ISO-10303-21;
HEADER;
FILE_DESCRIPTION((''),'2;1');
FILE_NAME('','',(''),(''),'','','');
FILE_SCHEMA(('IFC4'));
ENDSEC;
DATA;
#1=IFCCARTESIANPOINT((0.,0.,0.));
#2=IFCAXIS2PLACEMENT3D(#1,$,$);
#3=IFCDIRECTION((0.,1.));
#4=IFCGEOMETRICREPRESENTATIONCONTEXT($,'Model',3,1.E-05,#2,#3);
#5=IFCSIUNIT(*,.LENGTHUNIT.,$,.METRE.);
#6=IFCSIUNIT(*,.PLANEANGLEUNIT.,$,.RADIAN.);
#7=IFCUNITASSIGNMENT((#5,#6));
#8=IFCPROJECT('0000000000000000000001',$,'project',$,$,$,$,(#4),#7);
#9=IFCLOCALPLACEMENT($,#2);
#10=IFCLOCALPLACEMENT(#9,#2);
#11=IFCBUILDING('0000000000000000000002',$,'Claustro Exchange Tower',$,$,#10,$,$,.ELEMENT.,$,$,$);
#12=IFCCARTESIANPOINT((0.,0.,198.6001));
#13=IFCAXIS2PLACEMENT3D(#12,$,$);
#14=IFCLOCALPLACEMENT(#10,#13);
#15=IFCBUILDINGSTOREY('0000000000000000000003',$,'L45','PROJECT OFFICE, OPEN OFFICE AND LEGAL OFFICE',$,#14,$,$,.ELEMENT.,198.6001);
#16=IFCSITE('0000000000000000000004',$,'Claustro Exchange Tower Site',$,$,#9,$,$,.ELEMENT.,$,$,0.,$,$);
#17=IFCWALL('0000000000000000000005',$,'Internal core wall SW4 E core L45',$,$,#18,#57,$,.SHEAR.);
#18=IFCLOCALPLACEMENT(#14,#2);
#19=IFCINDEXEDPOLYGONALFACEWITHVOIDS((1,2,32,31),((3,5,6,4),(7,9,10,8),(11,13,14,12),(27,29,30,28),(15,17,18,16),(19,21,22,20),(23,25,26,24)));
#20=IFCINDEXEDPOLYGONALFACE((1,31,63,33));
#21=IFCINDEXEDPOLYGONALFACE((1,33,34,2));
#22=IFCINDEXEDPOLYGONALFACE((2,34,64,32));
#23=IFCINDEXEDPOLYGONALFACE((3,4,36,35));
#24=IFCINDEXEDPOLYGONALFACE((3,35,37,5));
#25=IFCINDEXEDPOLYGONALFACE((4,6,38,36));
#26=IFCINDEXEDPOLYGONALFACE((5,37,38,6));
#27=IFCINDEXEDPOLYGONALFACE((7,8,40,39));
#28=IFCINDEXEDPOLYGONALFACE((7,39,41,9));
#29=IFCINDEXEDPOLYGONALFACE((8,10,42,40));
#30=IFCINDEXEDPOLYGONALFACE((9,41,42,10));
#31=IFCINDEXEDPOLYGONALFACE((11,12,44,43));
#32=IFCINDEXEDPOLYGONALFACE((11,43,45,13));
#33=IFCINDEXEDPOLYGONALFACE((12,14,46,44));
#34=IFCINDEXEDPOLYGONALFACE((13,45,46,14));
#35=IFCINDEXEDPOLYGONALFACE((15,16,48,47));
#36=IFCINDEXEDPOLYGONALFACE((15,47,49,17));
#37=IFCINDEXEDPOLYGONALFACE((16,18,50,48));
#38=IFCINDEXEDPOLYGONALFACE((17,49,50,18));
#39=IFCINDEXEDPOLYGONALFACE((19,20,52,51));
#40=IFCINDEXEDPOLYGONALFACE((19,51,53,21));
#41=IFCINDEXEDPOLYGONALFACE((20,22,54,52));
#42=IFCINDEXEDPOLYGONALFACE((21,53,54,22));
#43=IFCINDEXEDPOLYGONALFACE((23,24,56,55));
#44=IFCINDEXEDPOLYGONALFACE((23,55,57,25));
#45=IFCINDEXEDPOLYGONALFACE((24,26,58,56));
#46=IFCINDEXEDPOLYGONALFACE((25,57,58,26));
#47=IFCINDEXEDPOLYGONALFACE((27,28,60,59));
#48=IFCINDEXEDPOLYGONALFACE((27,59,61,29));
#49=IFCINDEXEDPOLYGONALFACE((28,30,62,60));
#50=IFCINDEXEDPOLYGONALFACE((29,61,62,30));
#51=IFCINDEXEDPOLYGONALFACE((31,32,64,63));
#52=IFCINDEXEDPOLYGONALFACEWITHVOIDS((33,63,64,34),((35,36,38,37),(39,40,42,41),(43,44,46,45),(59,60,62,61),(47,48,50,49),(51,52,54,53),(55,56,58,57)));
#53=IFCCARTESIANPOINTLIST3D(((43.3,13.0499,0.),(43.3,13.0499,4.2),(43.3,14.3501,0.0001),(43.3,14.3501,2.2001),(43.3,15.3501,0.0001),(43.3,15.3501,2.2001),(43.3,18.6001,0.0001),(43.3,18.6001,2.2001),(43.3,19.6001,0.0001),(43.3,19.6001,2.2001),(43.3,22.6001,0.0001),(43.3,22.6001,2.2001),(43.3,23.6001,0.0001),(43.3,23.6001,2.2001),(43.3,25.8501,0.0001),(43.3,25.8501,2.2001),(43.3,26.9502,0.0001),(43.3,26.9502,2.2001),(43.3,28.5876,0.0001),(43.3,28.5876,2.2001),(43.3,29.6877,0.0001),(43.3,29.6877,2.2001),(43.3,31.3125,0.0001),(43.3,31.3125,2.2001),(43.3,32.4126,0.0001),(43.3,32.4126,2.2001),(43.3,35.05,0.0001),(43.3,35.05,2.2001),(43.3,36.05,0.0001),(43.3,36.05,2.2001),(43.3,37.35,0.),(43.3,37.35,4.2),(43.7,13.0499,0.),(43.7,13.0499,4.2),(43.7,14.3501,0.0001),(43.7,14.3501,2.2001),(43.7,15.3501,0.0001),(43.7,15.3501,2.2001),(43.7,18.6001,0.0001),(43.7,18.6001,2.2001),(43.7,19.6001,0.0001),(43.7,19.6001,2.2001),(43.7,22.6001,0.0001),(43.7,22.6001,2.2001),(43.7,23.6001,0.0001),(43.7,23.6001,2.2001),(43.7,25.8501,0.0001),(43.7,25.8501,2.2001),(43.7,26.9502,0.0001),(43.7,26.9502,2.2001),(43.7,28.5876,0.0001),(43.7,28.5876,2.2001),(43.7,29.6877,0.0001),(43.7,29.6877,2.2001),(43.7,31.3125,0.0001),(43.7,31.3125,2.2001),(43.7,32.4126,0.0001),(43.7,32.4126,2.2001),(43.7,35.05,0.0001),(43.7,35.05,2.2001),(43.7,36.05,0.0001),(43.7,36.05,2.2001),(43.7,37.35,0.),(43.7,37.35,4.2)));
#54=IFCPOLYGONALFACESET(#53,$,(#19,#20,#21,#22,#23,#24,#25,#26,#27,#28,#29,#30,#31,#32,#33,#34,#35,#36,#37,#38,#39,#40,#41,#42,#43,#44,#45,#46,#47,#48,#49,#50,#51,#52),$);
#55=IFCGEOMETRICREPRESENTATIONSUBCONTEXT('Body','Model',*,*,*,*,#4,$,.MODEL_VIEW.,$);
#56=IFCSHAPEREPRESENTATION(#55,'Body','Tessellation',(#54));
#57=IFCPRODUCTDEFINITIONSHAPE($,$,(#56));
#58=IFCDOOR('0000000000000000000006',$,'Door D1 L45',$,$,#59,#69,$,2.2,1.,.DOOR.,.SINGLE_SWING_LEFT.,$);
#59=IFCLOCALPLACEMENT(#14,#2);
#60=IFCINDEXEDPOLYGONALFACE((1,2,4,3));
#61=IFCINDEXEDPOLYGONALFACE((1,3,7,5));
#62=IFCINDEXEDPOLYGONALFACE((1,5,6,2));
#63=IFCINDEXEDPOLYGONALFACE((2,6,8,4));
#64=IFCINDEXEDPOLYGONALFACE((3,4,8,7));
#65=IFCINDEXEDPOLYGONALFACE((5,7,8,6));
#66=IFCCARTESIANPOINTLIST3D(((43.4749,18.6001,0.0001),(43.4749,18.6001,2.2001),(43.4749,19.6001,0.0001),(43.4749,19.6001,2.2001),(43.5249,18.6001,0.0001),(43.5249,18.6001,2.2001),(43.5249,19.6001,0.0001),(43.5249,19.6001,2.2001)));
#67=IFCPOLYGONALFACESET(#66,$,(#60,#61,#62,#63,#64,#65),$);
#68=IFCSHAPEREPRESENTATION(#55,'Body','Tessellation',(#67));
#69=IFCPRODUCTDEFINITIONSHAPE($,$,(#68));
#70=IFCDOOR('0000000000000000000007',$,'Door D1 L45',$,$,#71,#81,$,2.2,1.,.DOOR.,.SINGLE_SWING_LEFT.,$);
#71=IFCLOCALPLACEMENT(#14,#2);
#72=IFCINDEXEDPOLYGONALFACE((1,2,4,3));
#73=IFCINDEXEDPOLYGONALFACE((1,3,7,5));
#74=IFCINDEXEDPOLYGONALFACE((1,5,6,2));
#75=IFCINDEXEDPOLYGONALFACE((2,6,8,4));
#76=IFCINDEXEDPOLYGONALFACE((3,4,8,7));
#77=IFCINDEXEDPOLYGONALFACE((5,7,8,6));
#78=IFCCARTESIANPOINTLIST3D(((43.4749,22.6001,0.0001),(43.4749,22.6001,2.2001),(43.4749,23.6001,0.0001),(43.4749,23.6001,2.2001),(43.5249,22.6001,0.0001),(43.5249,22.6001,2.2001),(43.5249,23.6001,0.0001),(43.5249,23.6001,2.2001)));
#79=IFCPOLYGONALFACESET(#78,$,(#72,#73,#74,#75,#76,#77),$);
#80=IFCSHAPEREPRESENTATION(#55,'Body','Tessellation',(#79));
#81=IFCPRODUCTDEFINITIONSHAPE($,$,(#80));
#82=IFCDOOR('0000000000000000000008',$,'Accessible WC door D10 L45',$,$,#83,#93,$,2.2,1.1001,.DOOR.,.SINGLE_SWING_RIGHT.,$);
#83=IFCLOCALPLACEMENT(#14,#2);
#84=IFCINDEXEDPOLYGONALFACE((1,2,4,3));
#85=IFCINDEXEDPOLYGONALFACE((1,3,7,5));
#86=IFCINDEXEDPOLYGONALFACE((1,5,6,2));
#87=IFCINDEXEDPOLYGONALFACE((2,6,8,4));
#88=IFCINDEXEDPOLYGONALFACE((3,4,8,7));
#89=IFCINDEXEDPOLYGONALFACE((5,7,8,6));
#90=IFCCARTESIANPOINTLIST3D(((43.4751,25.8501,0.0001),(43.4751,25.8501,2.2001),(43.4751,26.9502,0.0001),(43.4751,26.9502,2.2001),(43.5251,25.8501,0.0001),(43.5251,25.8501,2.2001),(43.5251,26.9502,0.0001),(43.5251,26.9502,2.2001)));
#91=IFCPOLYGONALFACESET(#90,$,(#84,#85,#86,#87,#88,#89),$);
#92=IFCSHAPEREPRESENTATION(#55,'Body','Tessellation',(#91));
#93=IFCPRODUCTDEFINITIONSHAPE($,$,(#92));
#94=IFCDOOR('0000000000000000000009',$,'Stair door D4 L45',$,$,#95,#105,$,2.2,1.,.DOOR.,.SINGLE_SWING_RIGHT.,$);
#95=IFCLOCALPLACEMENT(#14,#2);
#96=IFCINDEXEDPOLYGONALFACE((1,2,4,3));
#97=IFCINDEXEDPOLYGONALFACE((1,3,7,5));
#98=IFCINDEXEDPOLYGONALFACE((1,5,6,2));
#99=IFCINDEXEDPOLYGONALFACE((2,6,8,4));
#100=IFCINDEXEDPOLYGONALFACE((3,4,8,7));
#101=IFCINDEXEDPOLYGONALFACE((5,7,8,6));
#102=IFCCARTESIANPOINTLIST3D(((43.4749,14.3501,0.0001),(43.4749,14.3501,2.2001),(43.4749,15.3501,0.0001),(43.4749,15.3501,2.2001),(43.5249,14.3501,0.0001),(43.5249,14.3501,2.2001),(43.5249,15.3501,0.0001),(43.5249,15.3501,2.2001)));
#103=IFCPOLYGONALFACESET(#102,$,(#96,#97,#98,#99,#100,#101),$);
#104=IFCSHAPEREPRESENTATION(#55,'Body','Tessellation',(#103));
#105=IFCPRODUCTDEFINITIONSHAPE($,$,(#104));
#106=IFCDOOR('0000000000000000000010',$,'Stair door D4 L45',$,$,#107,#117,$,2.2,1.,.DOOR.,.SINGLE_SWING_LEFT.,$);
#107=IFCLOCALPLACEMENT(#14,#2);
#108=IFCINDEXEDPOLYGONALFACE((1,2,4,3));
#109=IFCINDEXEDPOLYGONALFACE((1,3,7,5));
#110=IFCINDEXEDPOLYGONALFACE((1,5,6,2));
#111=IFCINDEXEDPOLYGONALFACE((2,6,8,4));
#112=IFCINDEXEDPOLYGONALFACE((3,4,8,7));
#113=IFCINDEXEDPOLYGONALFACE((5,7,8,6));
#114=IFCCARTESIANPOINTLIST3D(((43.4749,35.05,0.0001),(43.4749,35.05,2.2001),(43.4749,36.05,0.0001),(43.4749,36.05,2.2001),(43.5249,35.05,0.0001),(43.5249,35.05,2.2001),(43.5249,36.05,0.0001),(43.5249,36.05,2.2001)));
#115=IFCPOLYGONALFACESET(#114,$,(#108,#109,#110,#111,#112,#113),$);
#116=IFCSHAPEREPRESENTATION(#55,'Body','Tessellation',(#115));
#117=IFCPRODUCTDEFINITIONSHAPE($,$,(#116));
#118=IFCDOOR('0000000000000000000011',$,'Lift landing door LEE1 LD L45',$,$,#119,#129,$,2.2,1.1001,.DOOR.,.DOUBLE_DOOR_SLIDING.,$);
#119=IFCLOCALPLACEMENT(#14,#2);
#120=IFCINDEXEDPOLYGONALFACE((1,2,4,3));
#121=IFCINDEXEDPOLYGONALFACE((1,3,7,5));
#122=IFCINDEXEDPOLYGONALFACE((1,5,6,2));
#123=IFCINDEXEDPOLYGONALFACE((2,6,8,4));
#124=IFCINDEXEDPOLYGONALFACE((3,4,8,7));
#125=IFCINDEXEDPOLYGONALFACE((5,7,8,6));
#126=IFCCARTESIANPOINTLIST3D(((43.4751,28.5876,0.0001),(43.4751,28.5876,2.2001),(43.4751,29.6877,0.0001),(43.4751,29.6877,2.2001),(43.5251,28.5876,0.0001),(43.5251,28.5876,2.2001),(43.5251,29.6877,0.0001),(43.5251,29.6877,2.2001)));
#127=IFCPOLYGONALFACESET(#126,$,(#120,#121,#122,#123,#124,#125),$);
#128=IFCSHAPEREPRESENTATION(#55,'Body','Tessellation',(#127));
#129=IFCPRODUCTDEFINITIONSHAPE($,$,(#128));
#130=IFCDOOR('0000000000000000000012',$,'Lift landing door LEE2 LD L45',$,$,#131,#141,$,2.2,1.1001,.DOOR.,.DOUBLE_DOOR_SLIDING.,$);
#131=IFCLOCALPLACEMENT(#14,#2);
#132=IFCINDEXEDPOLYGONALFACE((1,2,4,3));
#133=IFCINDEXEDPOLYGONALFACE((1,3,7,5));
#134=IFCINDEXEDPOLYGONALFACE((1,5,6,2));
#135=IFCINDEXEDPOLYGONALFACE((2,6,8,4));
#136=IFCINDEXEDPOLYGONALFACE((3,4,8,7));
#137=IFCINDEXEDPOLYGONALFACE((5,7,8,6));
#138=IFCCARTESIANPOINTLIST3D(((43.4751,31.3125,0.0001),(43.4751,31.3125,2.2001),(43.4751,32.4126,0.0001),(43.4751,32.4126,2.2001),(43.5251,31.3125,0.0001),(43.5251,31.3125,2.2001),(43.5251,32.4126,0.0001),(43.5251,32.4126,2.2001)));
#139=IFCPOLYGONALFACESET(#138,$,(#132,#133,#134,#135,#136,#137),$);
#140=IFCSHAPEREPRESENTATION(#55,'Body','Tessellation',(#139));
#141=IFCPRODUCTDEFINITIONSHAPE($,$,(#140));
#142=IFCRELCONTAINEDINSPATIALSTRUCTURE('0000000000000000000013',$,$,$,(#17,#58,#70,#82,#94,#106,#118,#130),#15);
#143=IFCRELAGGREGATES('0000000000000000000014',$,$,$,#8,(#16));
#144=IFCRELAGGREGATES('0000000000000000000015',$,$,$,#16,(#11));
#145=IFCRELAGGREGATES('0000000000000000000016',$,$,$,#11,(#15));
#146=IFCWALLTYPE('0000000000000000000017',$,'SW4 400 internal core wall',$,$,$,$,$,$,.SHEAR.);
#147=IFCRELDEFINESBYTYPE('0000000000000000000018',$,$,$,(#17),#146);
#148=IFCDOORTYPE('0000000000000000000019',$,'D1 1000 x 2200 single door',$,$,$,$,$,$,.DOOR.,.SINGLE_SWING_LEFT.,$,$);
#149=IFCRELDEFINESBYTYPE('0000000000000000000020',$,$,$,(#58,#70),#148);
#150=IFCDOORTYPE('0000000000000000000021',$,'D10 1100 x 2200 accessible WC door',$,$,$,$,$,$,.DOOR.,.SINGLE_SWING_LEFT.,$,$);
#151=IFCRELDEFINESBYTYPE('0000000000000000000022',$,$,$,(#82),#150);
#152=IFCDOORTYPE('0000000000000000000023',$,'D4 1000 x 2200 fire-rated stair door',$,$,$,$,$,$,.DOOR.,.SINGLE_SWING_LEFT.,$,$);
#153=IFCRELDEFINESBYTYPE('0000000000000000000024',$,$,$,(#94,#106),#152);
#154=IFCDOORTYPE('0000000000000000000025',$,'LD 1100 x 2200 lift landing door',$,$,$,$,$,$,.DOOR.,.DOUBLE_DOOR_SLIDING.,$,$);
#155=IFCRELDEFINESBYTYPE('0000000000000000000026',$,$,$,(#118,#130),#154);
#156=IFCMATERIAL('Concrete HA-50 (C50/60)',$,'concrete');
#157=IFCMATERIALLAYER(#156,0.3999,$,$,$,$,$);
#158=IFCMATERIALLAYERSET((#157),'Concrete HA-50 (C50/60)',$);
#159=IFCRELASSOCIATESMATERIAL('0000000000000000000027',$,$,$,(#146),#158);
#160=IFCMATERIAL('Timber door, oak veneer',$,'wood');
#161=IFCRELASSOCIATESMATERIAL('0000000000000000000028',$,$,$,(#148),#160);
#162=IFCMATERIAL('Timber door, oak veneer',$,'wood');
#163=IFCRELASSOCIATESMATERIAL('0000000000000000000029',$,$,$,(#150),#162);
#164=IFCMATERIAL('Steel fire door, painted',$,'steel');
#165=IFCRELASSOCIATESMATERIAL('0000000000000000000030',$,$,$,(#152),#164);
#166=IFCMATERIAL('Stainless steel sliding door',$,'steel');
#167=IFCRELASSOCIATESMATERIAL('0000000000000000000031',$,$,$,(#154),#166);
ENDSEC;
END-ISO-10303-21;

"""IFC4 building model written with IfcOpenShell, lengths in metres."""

from ifc_helpers import new_model, si_unit, direction, frame, frame_2d, origin, place, context, subcontext, project, spatial, rectangle, extrude, material, layer, layer_set, type_object, element, fill, save


model = new_model("IFC4")

# Units and contexts
model_context = context("Model", 3, precision=1e-05, world=origin(), true_north=direction((0.0, 1.0)))
body_context = subcontext(model_context, "Body", "Model", "MODEL_VIEW")
ifc_project = project(units=[si_unit("LENGTHUNIT", "METRE"), si_unit("PLANEANGLEUNIT", "RADIAN")], contexts=[model_context])

# Site, building, storey
site_placement = place(None, origin())
site = spatial("IfcSite", under=ifc_project, at=site_placement, Name="Claustro Exchange Tower Site", CompositionType="ELEMENT", RefElevation=0.0)
building_placement = place(site_placement, origin())
building = spatial("IfcBuilding", under=site, at=building_placement, Name="Claustro Exchange Tower", CompositionType="ELEMENT")
storey_placement = place(building_placement, frame((0.0, 0.0, 198.6001)))
storey = spatial("IfcBuildingStorey", under=building, at=storey_placement, Name="L45", Description="PROJECT OFFICE, OPEN OFFICE AND LEGAL OFFICE", CompositionType="ELEMENT", Elevation=198.6001)

# Wall, openings, doors
ifc_material_1 = material(Name="Concrete HA-50 (C50/60)", Category="concrete")
ifc_layer_1 = layer(ifc_material_1, 0.3999)
ifc_layer_set_1 = layer_set([ifc_layer_1], Name="Concrete HA-50 (C50/60)")
wall_type_1 = type_object("IfcWallType", Name="SW4 400 internal core wall", PredefinedType="SHEAR", material=ifc_layer_set_1)
wall_1_placement = place(storey_placement, frame((43.5, 13.05, 0.0), z_axis=(0.0, 0.0, 1.0), x_axis=(0.0, 1.0, 0.0)))
wall_1 = element("IfcWall", 1, at=wall_1_placement, inside=storey, type_object=wall_type_1, Name="Internal core wall SW4 E core L45", PredefinedType="SHEAR", context=body_context, shape_type="SweptSolid", body=[
    extrude(rectangle(XDim=24.3, YDim=0.3999, at=frame_2d((12.1499, 0.0))), origin(), (0.0, 0.0, 1.0), 4.2),
])
opening_1_placement = place(wall_1_placement, frame((1.3, 0.0, 0.0)))
opening_1 = element("IfcOpeningElement", 2, at=opening_1_placement, cuts=wall_1, PredefinedType="OPENING", context=body_context, shape_type="SweptSolid", body=[
    extrude(rectangle(XDim=1.0, YDim=2.2, at=frame_2d((0.5, 1.1001))), frame((0.0, 0.21, 0.0), z_axis=(0.0, -1.0, 0.0), x_axis=(1.0, 0.0, 0.0)), (0.0, 0.0, 1.0), 0.4199),
])
opening_2_placement = place(wall_1_placement, frame((22.0, 0.0, 0.0)))
opening_2 = element("IfcOpeningElement", 3, at=opening_2_placement, cuts=wall_1, PredefinedType="OPENING", context=body_context, shape_type="SweptSolid", body=[
    extrude(rectangle(XDim=1.0, YDim=2.2, at=frame_2d((0.5, 1.1001))), frame((0.0, 0.21, 0.0), z_axis=(0.0, -1.0, 0.0), x_axis=(1.0, 0.0, 0.0)), (0.0, 0.0, 1.0), 0.4199),
])
opening_3_placement = place(wall_1_placement, frame((5.55, 0.0, 0.0)))
opening_3 = element("IfcOpeningElement", 4, at=opening_3_placement, cuts=wall_1, PredefinedType="OPENING", context=body_context, shape_type="SweptSolid", body=[
    extrude(rectangle(XDim=1.0, YDim=2.2, at=frame_2d((0.5, 1.1001))), frame((0.0, 0.21, 0.0), z_axis=(0.0, -1.0, 0.0), x_axis=(1.0, 0.0, 0.0)), (0.0, 0.0, 1.0), 0.4199),
])
opening_4_placement = place(wall_1_placement, frame((9.55, 0.0, 0.0)))
opening_4 = element("IfcOpeningElement", 5, at=opening_4_placement, cuts=wall_1, PredefinedType="OPENING", context=body_context, shape_type="SweptSolid", body=[
    extrude(rectangle(XDim=1.0, YDim=2.2, at=frame_2d((0.5, 1.1001))), frame((0.0, 0.21, 0.0), z_axis=(0.0, -1.0, 0.0), x_axis=(1.0, 0.0, 0.0)), (0.0, 0.0, 1.0), 0.4199),
])
opening_5_placement = place(wall_1_placement, frame((12.8, 0.0, 0.0)))
opening_5 = element("IfcOpeningElement", 6, at=opening_5_placement, cuts=wall_1, PredefinedType="OPENING", context=body_context, shape_type="SweptSolid", body=[
    extrude(rectangle(XDim=1.1001, YDim=2.2, at=frame_2d((0.55, 1.1001))), frame((0.0, 0.21, 0.0), z_axis=(0.0, -1.0, 0.0), x_axis=(1.0, 0.0, 0.0)), (0.0, 0.0, 1.0), 0.4199),
])
opening_6_placement = place(wall_1_placement, frame((15.5376, 0.0, 0.0)))
opening_6 = element("IfcOpeningElement", 7, at=opening_6_placement, cuts=wall_1, PredefinedType="OPENING", context=body_context, shape_type="SweptSolid", body=[
    extrude(rectangle(XDim=1.1001, YDim=2.2, at=frame_2d((0.55, 1.1001))), frame((0.0, 0.21, 0.0), z_axis=(0.0, -1.0, 0.0), x_axis=(1.0, 0.0, 0.0)), (0.0, 0.0, 1.0), 0.4199),
])
opening_7_placement = place(wall_1_placement, frame((18.2625, 0.0, 0.0)))
opening_7 = element("IfcOpeningElement", 8, at=opening_7_placement, cuts=wall_1, PredefinedType="OPENING", context=body_context, shape_type="SweptSolid", body=[
    extrude(rectangle(XDim=1.1001, YDim=2.2, at=frame_2d((0.55, 1.1001))), frame((0.0, 0.21, 0.0), z_axis=(0.0, -1.0, 0.0), x_axis=(1.0, 0.0, 0.0)), (0.0, 0.0, 1.0), 0.4199),
])
ifc_material_2 = material(Name="Timber door, oak veneer", Category="wood")
door_type_1 = type_object("IfcDoorType", Name="D1 1000 x 2200 single door", OperationType="SINGLE_SWING_LEFT", PredefinedType="DOOR", material=ifc_material_2)
door_1_placement = place(opening_3_placement, frame((1.0, 0.0, 0.0), z_axis=(0.0, 0.0, 1.0), x_axis=(-1.0, 0.0, 0.0)))
door_1 = element("IfcDoor", 9, at=door_1_placement, inside=storey, type_object=door_type_1, Name="Door D1 L45", OperationType="SINGLE_SWING_LEFT", OverallHeight=2.2, OverallWidth=1.0, PredefinedType="DOOR", context=body_context, shape_type="SweptSolid", body=[
    extrude(rectangle(XDim=1.0, YDim=2.2, at=frame_2d((0.5, 1.1001))), frame((0.0, 0.0249, 0.0), z_axis=(0.0, -1.0, 0.0), x_axis=(1.0, 0.0, 0.0)), (0.0, 0.0, 1.0), 0.05),
])
fill(opening_3, door_1)
door_2_placement = place(opening_4_placement, frame((1.0, 0.0, 0.0), z_axis=(0.0, 0.0, 1.0), x_axis=(-1.0, 0.0, 0.0)))
door_2 = element("IfcDoor", 10, at=door_2_placement, inside=storey, type_object=door_type_1, Name="Door D1 L45", OperationType="SINGLE_SWING_LEFT", OverallHeight=2.2, OverallWidth=1.0, PredefinedType="DOOR", context=body_context, shape_type="SweptSolid", body=[
    extrude(rectangle(XDim=1.0, YDim=2.2, at=frame_2d((0.5, 1.1001))), frame((0.0, 0.0249, 0.0), z_axis=(0.0, -1.0, 0.0), x_axis=(1.0, 0.0, 0.0)), (0.0, 0.0, 1.0), 0.05),
])
fill(opening_4, door_2)
ifc_material_3 = material(Name="Timber door, oak veneer", Category="wood")
door_type_2 = type_object("IfcDoorType", Name="D10 1100 x 2200 accessible WC door", OperationType="SINGLE_SWING_LEFT", PredefinedType="DOOR", material=ifc_material_3)
door_3_placement = place(opening_5_placement, origin())
door_3 = element("IfcDoor", 11, at=door_3_placement, inside=storey, type_object=door_type_2, Name="Accessible WC door D10 L45", OperationType="SINGLE_SWING_RIGHT", OverallHeight=2.2, OverallWidth=1.1001, PredefinedType="DOOR", context=body_context, shape_type="SweptSolid", body=[
    extrude(rectangle(XDim=1.1001, YDim=2.2, at=frame_2d((0.55, 1.1001))), frame((0.0, 0.0249, 0.0), z_axis=(0.0, -1.0, 0.0), x_axis=(1.0, 0.0, 0.0)), (0.0, 0.0, 1.0), 0.05),
])
fill(opening_5, door_3)
ifc_material_4 = material(Name="Steel fire door, painted", Category="steel")
door_type_3 = type_object("IfcDoorType", Name="D4 1000 x 2200 fire-rated stair door", OperationType="SINGLE_SWING_LEFT", PredefinedType="DOOR", material=ifc_material_4)
door_4_placement = place(opening_1_placement, frame((1.0, 0.0, 0.0), z_axis=(0.0, 0.0, 1.0), x_axis=(-1.0, 0.0, 0.0)))
door_4 = element("IfcDoor", 12, at=door_4_placement, inside=storey, type_object=door_type_3, Name="Stair door D4 L45", OperationType="SINGLE_SWING_RIGHT", OverallHeight=2.2, OverallWidth=1.0, PredefinedType="DOOR", context=body_context, shape_type="SweptSolid", body=[
    extrude(rectangle(XDim=1.0, YDim=2.2, at=frame_2d((0.5, 1.1001))), frame((0.0, 0.0249, 0.0), z_axis=(0.0, -1.0, 0.0), x_axis=(1.0, 0.0, 0.0)), (0.0, 0.0, 1.0), 0.05),
])
fill(opening_1, door_4)
door_5_placement = place(opening_2_placement, frame((1.0, 0.0, 0.0), z_axis=(0.0, 0.0, 1.0), x_axis=(-1.0, 0.0, 0.0)))
door_5 = element("IfcDoor", 13, at=door_5_placement, inside=storey, type_object=door_type_3, Name="Stair door D4 L45", OperationType="SINGLE_SWING_LEFT", OverallHeight=2.2, OverallWidth=1.0, PredefinedType="DOOR", context=body_context, shape_type="SweptSolid", body=[
    extrude(rectangle(XDim=1.0, YDim=2.2, at=frame_2d((0.5, 1.1001))), frame((0.0, 0.0249, 0.0), z_axis=(0.0, -1.0, 0.0), x_axis=(1.0, 0.0, 0.0)), (0.0, 0.0, 1.0), 0.05),
])
fill(opening_2, door_5)
ifc_material_5 = material(Name="Stainless steel sliding door", Category="steel")
door_type_4 = type_object("IfcDoorType", Name="LD 1100 x 2200 lift landing door", OperationType="DOUBLE_DOOR_SLIDING", PredefinedType="DOOR", material=ifc_material_5)
door_6_placement = place(opening_6_placement, origin())
door_6 = element("IfcDoor", 14, at=door_6_placement, inside=storey, type_object=door_type_4, Name="Lift landing door LEE1 LD L45", OperationType="DOUBLE_DOOR_SLIDING", OverallHeight=2.2, OverallWidth=1.1001, PredefinedType="DOOR", context=body_context, shape_type="SweptSolid", body=[
    extrude(rectangle(XDim=1.1001, YDim=2.2, at=frame_2d((0.55, 1.1001))), frame((0.0, 0.0249, 0.0), z_axis=(0.0, -1.0, 0.0), x_axis=(1.0, 0.0, 0.0)), (0.0, 0.0, 1.0), 0.05),
])
fill(opening_6, door_6)
door_7_placement = place(opening_7_placement, origin())
door_7 = element("IfcDoor", 15, at=door_7_placement, inside=storey, type_object=door_type_4, Name="Lift landing door LEE2 LD L45", OperationType="DOUBLE_DOOR_SLIDING", OverallHeight=2.2, OverallWidth=1.1001, PredefinedType="DOOR", context=body_context, shape_type="SweptSolid", body=[
    extrude(rectangle(XDim=1.1001, YDim=2.2, at=frame_2d((0.55, 1.1001))), frame((0.0, 0.0249, 0.0), z_axis=(0.0, -1.0, 0.0), x_axis=(1.0, 0.0, 0.0)), (0.0, 0.0, 1.0), 0.05),
])
fill(opening_7, door_7)

save(model, "model.ifc")
